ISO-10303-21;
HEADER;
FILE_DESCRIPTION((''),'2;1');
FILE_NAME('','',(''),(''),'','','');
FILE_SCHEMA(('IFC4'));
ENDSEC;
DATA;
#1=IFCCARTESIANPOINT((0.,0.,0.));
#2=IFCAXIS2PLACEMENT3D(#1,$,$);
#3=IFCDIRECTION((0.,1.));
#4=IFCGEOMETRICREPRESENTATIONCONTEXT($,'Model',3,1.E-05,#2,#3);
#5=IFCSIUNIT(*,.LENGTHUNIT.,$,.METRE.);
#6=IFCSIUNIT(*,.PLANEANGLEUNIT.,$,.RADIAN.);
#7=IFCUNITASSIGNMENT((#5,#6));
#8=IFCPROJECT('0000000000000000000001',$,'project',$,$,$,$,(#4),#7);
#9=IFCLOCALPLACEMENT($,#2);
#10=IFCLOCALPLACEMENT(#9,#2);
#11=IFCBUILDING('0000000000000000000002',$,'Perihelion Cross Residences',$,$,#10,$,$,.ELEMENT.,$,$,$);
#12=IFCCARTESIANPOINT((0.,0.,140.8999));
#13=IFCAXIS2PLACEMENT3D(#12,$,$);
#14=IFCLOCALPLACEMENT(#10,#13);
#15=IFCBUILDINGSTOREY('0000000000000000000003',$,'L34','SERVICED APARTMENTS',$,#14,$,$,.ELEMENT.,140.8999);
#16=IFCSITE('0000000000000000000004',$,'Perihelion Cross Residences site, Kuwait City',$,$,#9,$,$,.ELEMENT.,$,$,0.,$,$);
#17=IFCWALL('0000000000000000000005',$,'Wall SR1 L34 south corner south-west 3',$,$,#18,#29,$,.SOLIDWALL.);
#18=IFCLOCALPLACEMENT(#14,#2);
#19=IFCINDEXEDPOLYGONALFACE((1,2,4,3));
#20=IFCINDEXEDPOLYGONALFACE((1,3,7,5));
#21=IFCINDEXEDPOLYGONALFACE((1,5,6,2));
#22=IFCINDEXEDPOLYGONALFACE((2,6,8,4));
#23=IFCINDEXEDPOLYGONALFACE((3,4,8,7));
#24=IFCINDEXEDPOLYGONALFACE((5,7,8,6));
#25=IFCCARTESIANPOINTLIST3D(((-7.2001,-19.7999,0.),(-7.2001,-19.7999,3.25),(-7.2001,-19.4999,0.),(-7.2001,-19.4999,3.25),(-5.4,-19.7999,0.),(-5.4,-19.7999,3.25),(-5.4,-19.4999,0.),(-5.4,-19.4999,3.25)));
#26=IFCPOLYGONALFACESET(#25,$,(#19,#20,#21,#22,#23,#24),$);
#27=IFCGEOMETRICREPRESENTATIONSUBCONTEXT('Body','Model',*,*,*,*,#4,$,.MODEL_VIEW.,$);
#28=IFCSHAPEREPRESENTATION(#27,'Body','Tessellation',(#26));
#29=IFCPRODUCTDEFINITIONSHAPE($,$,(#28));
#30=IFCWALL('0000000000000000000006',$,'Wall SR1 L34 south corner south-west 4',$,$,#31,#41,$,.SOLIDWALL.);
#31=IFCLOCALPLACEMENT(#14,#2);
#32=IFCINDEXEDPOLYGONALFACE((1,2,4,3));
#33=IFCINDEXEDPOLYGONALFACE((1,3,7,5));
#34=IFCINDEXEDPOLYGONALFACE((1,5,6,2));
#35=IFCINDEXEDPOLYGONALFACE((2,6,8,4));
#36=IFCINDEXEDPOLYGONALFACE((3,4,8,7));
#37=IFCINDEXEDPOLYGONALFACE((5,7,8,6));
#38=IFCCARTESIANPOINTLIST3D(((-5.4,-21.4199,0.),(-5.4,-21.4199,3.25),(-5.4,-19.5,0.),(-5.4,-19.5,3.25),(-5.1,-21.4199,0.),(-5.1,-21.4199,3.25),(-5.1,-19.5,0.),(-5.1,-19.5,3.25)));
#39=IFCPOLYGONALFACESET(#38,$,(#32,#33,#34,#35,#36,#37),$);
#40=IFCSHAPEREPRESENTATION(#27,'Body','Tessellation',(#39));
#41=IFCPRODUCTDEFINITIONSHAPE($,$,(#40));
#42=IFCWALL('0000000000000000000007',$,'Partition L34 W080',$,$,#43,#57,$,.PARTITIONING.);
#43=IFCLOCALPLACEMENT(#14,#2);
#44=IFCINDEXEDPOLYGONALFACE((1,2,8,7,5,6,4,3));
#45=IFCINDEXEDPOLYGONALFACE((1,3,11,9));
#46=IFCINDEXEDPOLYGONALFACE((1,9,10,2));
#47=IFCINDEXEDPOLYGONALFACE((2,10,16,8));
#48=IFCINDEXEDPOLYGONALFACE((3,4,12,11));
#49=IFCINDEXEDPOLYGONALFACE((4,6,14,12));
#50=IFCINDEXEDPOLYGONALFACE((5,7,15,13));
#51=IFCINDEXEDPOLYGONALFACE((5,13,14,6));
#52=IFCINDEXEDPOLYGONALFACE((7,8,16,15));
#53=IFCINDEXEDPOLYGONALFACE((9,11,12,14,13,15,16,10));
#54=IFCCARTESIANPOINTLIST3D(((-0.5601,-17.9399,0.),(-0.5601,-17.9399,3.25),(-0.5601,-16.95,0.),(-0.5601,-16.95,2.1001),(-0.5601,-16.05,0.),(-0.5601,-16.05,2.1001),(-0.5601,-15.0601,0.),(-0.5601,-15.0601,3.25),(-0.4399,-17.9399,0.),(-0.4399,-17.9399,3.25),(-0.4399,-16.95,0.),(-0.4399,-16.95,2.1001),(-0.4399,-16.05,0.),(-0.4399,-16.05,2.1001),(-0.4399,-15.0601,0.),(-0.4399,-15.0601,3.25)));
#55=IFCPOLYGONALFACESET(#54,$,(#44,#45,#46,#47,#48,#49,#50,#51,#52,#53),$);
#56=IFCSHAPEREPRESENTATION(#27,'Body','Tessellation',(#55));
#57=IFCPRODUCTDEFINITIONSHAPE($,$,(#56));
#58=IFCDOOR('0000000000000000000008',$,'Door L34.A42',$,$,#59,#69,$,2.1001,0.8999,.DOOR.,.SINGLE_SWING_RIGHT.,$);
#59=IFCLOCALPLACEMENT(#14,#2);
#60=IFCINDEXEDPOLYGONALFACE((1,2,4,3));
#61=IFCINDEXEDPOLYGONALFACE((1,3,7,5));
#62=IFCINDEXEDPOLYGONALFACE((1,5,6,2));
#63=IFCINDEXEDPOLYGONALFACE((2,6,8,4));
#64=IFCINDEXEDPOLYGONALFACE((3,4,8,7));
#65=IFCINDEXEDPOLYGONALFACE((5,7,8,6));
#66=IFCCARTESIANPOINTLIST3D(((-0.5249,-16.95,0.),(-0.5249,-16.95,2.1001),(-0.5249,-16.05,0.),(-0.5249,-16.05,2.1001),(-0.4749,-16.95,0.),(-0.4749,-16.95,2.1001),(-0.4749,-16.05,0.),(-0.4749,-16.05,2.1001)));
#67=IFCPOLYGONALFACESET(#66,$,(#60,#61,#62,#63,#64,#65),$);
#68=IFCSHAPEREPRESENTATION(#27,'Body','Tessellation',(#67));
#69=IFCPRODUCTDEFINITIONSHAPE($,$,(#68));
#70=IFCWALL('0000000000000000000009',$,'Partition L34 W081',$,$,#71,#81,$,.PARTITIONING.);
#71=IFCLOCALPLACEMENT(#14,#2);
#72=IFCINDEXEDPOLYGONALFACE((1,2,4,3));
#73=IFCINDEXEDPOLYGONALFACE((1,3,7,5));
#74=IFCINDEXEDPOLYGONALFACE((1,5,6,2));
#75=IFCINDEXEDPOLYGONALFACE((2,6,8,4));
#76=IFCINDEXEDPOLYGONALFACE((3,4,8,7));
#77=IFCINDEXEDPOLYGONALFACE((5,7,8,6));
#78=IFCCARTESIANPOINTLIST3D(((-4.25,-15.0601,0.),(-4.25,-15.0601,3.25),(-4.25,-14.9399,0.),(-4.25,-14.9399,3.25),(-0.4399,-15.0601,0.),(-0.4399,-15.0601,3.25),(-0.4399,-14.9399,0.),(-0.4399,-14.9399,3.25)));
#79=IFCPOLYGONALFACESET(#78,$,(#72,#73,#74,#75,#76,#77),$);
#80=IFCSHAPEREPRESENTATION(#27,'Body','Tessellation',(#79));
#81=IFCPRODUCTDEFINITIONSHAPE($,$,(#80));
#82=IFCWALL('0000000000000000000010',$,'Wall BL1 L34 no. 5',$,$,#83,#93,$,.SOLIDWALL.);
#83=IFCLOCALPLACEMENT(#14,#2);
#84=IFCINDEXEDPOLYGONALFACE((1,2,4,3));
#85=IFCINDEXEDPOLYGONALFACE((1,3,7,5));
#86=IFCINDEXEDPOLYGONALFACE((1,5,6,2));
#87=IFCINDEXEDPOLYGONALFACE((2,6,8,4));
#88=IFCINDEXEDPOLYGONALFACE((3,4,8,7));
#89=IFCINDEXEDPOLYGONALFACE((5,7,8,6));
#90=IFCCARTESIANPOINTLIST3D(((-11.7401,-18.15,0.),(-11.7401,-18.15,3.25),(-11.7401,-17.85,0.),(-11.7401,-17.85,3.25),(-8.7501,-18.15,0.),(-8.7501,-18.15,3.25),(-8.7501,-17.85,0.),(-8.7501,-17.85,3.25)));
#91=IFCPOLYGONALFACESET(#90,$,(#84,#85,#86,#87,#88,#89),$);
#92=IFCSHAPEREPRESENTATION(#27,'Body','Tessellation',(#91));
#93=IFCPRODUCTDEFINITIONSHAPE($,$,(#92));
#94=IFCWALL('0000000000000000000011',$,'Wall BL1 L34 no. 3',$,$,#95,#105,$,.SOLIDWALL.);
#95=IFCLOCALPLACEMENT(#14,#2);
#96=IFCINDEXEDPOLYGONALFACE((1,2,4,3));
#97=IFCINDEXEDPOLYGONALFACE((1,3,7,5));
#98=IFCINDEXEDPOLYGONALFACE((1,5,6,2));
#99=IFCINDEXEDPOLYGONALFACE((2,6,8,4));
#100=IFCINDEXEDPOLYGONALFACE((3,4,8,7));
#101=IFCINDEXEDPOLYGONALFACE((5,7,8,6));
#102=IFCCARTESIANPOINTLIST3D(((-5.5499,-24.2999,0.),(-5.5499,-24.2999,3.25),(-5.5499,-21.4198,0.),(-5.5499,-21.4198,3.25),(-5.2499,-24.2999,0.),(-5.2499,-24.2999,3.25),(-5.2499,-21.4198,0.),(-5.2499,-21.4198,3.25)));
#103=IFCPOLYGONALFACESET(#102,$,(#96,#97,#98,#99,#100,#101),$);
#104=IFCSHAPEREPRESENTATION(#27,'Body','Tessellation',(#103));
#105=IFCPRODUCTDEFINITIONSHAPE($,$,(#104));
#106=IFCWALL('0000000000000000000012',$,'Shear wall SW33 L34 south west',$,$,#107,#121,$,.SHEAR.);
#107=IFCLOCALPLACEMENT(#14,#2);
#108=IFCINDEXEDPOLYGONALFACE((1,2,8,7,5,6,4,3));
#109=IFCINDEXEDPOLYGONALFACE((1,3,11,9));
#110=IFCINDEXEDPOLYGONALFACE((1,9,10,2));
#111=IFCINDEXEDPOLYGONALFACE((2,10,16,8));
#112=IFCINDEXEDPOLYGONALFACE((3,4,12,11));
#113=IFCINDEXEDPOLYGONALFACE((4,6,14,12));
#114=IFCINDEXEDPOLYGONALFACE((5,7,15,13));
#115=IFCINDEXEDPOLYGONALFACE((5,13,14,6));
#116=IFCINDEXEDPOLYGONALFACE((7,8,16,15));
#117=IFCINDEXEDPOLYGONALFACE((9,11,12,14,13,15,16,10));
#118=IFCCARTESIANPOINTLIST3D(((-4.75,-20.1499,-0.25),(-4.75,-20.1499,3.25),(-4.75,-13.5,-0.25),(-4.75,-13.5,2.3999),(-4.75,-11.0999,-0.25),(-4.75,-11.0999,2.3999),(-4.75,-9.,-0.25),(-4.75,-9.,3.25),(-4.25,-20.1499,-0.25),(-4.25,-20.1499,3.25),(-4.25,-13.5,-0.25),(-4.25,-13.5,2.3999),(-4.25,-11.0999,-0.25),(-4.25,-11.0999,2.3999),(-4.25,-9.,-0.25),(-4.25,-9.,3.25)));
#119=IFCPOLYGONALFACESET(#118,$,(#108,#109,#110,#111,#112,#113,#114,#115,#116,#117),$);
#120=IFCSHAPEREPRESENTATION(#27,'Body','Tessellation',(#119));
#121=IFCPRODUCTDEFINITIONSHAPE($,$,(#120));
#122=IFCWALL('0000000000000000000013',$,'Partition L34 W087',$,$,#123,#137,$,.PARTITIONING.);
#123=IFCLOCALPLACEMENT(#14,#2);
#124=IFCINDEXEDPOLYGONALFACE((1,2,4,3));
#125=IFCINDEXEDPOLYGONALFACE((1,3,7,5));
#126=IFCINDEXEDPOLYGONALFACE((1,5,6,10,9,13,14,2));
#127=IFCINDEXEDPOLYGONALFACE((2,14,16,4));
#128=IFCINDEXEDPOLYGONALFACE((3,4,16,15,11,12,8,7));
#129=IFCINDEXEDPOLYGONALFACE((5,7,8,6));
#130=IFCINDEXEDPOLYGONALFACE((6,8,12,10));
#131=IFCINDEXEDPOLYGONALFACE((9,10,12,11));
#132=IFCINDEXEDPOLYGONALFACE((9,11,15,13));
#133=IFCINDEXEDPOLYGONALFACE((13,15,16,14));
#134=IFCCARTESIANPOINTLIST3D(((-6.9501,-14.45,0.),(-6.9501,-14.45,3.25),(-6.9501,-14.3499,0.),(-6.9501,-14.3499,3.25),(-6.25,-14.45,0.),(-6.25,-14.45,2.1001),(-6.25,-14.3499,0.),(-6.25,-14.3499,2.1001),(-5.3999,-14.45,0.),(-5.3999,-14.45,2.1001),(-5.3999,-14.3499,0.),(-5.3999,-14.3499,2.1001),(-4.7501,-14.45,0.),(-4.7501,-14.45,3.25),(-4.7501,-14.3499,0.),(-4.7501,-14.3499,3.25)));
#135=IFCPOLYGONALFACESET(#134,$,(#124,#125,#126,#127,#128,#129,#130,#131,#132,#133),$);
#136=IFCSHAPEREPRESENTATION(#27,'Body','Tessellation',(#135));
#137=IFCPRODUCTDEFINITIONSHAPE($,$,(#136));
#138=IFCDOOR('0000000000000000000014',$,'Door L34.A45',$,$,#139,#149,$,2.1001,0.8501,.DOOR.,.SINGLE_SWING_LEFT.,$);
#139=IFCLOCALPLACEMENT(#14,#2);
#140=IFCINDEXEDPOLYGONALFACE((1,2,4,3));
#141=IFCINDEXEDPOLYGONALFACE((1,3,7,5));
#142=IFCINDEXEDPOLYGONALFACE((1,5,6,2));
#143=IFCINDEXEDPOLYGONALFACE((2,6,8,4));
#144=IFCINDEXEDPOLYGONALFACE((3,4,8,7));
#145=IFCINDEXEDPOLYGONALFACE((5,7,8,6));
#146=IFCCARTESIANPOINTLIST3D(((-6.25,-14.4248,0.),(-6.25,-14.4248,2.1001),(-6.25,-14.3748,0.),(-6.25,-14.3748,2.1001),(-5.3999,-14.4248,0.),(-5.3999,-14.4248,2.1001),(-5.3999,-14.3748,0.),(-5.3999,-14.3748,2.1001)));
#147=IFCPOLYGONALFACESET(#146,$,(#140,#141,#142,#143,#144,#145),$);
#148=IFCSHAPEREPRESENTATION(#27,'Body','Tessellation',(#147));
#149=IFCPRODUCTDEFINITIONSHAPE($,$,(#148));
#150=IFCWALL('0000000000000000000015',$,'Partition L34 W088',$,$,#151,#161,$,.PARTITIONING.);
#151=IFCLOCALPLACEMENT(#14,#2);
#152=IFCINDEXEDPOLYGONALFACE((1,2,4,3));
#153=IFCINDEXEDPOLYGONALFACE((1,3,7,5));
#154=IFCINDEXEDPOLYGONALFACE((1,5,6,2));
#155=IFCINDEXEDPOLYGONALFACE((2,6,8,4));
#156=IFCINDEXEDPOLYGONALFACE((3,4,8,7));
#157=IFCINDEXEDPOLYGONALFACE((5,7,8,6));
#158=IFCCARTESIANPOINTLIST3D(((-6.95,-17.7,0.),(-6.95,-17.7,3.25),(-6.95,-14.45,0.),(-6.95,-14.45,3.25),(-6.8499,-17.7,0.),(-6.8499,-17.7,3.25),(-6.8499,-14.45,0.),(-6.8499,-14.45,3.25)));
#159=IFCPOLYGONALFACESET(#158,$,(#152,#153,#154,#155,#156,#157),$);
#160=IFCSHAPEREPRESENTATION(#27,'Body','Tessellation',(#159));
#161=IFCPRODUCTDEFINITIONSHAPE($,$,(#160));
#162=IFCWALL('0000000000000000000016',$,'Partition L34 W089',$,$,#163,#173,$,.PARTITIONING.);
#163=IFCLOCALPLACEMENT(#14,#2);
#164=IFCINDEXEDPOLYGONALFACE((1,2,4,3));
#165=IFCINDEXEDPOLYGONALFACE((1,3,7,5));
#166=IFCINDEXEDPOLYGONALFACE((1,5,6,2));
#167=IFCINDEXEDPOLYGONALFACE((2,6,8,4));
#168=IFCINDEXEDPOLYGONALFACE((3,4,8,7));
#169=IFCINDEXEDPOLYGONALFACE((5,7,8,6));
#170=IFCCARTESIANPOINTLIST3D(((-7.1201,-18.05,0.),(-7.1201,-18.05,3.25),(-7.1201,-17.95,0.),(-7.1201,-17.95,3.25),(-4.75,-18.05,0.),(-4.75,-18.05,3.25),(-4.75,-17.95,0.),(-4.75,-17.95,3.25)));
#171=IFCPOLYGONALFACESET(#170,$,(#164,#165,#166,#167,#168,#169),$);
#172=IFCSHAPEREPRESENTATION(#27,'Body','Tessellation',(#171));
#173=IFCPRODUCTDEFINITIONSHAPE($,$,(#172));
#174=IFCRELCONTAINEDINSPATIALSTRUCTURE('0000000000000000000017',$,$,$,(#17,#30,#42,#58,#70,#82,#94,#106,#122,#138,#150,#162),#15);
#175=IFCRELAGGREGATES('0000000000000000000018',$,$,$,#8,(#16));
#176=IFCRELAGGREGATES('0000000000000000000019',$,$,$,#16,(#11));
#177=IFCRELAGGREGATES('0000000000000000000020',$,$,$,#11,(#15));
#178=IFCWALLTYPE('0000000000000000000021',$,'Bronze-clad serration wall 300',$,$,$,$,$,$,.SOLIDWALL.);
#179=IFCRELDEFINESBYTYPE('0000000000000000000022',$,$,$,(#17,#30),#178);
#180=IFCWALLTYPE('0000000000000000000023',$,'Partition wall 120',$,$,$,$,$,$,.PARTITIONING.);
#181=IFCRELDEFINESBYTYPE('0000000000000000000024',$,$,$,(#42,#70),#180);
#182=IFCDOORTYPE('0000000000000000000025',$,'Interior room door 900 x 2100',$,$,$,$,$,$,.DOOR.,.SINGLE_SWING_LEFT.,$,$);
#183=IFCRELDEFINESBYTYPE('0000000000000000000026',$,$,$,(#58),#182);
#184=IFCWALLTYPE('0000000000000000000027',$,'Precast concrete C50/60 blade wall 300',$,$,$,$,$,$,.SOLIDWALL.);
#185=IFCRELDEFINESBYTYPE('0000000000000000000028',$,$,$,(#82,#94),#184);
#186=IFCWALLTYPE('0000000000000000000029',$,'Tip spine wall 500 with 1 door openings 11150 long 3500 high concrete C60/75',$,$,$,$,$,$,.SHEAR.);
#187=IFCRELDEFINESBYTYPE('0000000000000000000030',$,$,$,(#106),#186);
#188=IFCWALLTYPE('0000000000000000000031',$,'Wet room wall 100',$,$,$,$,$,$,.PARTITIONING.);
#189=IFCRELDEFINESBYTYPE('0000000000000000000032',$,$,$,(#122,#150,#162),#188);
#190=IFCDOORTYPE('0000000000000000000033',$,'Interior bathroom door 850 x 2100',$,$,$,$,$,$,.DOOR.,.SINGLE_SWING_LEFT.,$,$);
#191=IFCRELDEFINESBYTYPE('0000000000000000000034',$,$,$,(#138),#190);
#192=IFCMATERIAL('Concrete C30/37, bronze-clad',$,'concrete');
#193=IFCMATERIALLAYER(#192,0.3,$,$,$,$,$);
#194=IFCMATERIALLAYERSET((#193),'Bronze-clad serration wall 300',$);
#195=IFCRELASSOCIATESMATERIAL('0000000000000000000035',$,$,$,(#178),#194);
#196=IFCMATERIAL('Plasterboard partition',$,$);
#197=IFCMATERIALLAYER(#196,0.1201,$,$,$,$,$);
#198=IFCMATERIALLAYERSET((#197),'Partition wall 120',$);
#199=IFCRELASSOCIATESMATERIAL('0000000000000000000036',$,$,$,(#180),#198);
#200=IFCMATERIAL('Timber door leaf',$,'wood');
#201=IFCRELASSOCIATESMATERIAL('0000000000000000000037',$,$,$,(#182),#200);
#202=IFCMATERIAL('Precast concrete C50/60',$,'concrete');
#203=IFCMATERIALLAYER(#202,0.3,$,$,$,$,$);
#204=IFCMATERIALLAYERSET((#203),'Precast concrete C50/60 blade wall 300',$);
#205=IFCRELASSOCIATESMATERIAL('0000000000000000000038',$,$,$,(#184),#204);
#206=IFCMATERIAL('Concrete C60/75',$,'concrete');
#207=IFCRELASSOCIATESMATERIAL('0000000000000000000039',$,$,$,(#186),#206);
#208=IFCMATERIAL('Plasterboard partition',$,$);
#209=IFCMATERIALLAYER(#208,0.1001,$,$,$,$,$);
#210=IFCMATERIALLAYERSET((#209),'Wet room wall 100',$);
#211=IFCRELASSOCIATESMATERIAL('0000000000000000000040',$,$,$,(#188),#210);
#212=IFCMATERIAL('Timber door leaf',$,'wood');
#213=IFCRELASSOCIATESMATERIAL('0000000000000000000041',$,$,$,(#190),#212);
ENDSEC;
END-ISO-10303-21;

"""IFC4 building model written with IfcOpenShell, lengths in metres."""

from ifc_helpers import new_model, si_unit, direction, frame, frame_2d, origin, place, context, subcontext, project, spatial, polyline, rectangle, outline, extrude, material, layer, layer_set, material_profile, profile_set, type_object, element, fill, save


model = new_model("IFC4")

# Units and contexts
model_context = context("Model", 3, precision=1e-05, world=origin(), true_north=direction((0.0, 1.0)))
body_context = subcontext(model_context, "Body", "Model", "MODEL_VIEW")
ifc_project = project(units=[si_unit("LENGTHUNIT", "METRE"), si_unit("PLANEANGLEUNIT", "RADIAN")], contexts=[model_context])

# Site, building, storey
site_placement = place(None, origin())
site = spatial("IfcSite", under=ifc_project, at=site_placement, Name="Perihelion Cross Residences site, Kuwait City", CompositionType="ELEMENT", RefElevation=0.0)
building_placement = place(site_placement, origin())
building = spatial("IfcBuilding", under=site, at=building_placement, Name="Perihelion Cross Residences", CompositionType="ELEMENT")
storey_placement = place(building_placement, frame((0.0, 0.0, 140.8999)))
storey = spatial("IfcBuildingStorey", under=building, at=storey_placement, Name="L34", Description="SERVICED APARTMENTS", CompositionType="ELEMENT", Elevation=140.8999)

# Walls
ifc_material_1 = material(Name="Concrete C30/37, bronze-clad", Category="concrete")
ifc_layer_1 = layer(ifc_material_1, 0.3)
ifc_layer_set_1 = layer_set([ifc_layer_1], Name="Bronze-clad serration wall 300")
wall_type_1 = type_object("IfcWallType", Name="Bronze-clad serration wall 300", PredefinedType="SOLIDWALL", material=ifc_layer_set_1)
for number, where, z_axis, x_axis, name in (
    (1, (-7.2, -19.6499, 0.0), (0.0, 0.0, 1.0), (1.0, 0.0, 0.0), "Wall SR1 L34 south corner south-west 3"),
):
    element("IfcWall", number, at=place(storey_placement, frame(where, z_axis=z_axis, x_axis=x_axis)), inside=storey, type_object=wall_type_1, Name=name, PredefinedType="SOLIDWALL", context=body_context, shape_type="SweptSolid", body=[
        extrude(rectangle(XDim=1.8, YDim=0.3, at=frame_2d((0.8999, 0.0))), origin(), (0.0, 0.0, 1.0), 3.25),
    ])
wall_1_placement = place(storey_placement, frame((-5.25, -19.5, 0.0), z_axis=(0.0, 0.0, 1.0), x_axis=(0.0, -1.0, 0.0)))
element("IfcWall", 2, at=wall_1_placement, inside=storey, type_object=wall_type_1, Name="Wall SR1 L34 south corner south-west 4", PredefinedType="SOLIDWALL", context=body_context, shape_type="SweptSolid", body=[
    extrude(rectangle(XDim=1.9199, YDim=0.3, at=frame_2d((0.96, 0.0))), origin(), (0.0, 0.0, 1.0), 3.25),
])

# Wall, opening, door
ifc_material_2 = material(Name="Plasterboard partition")
ifc_layer_2 = layer(ifc_material_2, 0.1201)
ifc_layer_set_2 = layer_set([ifc_layer_2], Name="Partition wall 120")
wall_type_2 = type_object("IfcWallType", Name="Partition wall 120", PredefinedType="PARTITIONING", material=ifc_layer_set_2)
wall_2_placement = place(storey_placement, frame((-0.5, -17.9399, 0.0), z_axis=(0.0, 0.0, 1.0), x_axis=(0.0, 1.0, 0.0)))
wall_2 = element("IfcWall", 3, at=wall_2_placement, inside=storey, type_object=wall_type_2, Name="Partition L34 W080", PredefinedType="PARTITIONING", context=body_context, shape_type="SweptSolid", body=[
    extrude(rectangle(XDim=2.8799, YDim=0.1201, at=frame_2d((1.4399, 0.0))), origin(), (0.0, 0.0, 1.0), 3.25),
])
opening_1_placement = place(wall_2_placement, frame((0.99, 0.0, 0.0)))
opening_1 = element("IfcOpeningElement", 4, at=opening_1_placement, cuts=wall_2, PredefinedType="OPENING", context=body_context, shape_type="SweptSolid", body=[
    extrude(rectangle(XDim=0.8999, YDim=2.1001, at=frame_2d((0.45, 1.05))), frame((0.0, 0.0701, 0.0), z_axis=(0.0, -1.0, 0.0), x_axis=(1.0, 0.0, 0.0)), (0.0, 0.0, 1.0), 0.1401),
])
ifc_material_3 = material(Name="Timber door leaf", Category="wood")
door_type_1 = type_object("IfcDoorType", Name="Interior room door 900 x 2100", OperationType="SINGLE_SWING_LEFT", PredefinedType="DOOR", material=ifc_material_3)
door_1_placement = place(opening_1_placement, origin())
door_1 = element("IfcDoor", 5, at=door_1_placement, inside=storey, type_object=door_type_1, Name="Door L34.A42", OperationType="SINGLE_SWING_RIGHT", OverallHeight=2.1001, OverallWidth=0.8999, PredefinedType="DOOR", context=body_context, shape_type="SweptSolid", body=[
    extrude(rectangle(XDim=0.8999, YDim=2.1001, at=frame_2d((0.45, 1.05))), frame((0.0, 0.0249, 0.0), z_axis=(0.0, -1.0, 0.0), x_axis=(1.0, 0.0, 0.0)), (0.0, 0.0, 1.0), 0.05),
])
fill(opening_1, door_1)

# Walls
wall_3_placement = place(storey_placement, frame((-0.4399, -15.0, 0.0), z_axis=(0.0, 0.0, 1.0), x_axis=(-1.0, 0.0, 0.0)))
element("IfcWall", 6, at=wall_3_placement, inside=storey, type_object=wall_type_2, Name="Partition L34 W081", PredefinedType="PARTITIONING", context=body_context, shape_type="SweptSolid", body=[
    extrude(rectangle(XDim=3.8101, YDim=0.1201, at=frame_2d((1.905, 0.0))), origin(), (0.0, 0.0, 1.0), 3.25),
])
ifc_material_4 = material(Name="Precast concrete C50/60", Category="concrete")
ifc_layer_3 = layer(ifc_material_4, 0.3)
ifc_layer_set_3 = layer_set([ifc_layer_3], Name="Precast concrete C50/60 blade wall 300")
wall_type_3 = type_object("IfcWallType", Name="Precast concrete C50/60 blade wall 300", PredefinedType="SOLIDWALL", material=ifc_layer_set_3)
wall_4_placement = place(storey_placement, frame((-8.75, -18.0, 0.0), z_axis=(0.0, 0.0, 1.0), x_axis=(-1.0, 0.0, 0.0)))
element("IfcWall", 7, at=wall_4_placement, inside=storey, type_object=wall_type_3, Name="Wall BL1 L34 no. 5", PredefinedType="SOLIDWALL", context=body_context, shape_type="SweptSolid", body=[
    extrude(rectangle(XDim=2.99, YDim=0.3, at=frame_2d((1.4951, 0.0))), origin(), (0.0, 0.0, 1.0), 3.25),
])
wall_5_placement = place(storey_placement, frame((-5.3999, -21.4199, 0.0), z_axis=(0.0, 0.0, 1.0), x_axis=(0.0, -1.0, 0.0)))
element("IfcWall", 8, at=wall_5_placement, inside=storey, type_object=wall_type_3, Name="Wall BL1 L34 no. 3", PredefinedType="SOLIDWALL", context=body_context, shape_type="SweptSolid", body=[
    extrude(rectangle(XDim=2.8801, YDim=0.3, at=frame_2d((1.4399, 0.0))), origin(), (0.0, 0.0, 1.0), 3.25),
])
ifc_material_5 = material(Name="Concrete C60/75", Category="concrete")
ifc_material_profile_1 = material_profile(ifc_material_5, outline(polyline([(0.0, 0.0), (6.6499, 0.0), (6.6499, 2.6499), (9.05, 2.6499), (9.05, 0.0), (11.1499, 0.0), (11.1499, 3.5), (0.0, 3.5), (0.0, 0.0)])), Name="Tip spine wall")
ifc_profile_set_1 = profile_set([ifc_material_profile_1], Name="Concrete C60/75")
wall_type_4 = type_object("IfcWallType", Name="Tip spine wall 500 with 1 door openings 11150 long 3500 high concrete C60/75", PredefinedType="SHEAR", material=ifc_profile_set_1)
wall_6_placement = place(storey_placement, frame((-4.75, -20.1499, -0.25), z_axis=(1.0, 0.0, 0.0), x_axis=(0.0, 1.0, 0.0)))
element("IfcWall", 9, at=wall_6_placement, inside=storey, type_object=wall_type_4, Name="Shear wall SW33 L34 south west", PredefinedType="SHEAR", context=body_context, shape_type="SweptSolid", body=[
    extrude(outline(polyline([(0.0, 0.0), (6.6499, 0.0), (6.6499, 2.6499), (9.05, 2.6499), (9.05, 0.0), (11.1499, 0.0), (11.1499, 3.5), (0.0, 3.5), (0.0, 0.0)])), origin(), (0.0, 0.0, 1.0), 0.5),
])

# Wall, opening, door
ifc_material_6 = material(Name="Plasterboard partition")
ifc_layer_4 = layer(ifc_material_6, 0.1001)
ifc_layer_set_4 = layer_set([ifc_layer_4], Name="Wet room wall 100")
wall_type_5 = type_object("IfcWallType", Name="Wet room wall 100", PredefinedType="PARTITIONING", material=ifc_layer_set_4)
wall_7_placement = place(storey_placement, frame((-4.75, -14.3999, 0.0), z_axis=(0.0, 0.0, 1.0), x_axis=(-1.0, 0.0, 0.0)))
wall_7 = element("IfcWall", 10, at=wall_7_placement, inside=storey, type_object=wall_type_5, Name="Partition L34 W087", PredefinedType="PARTITIONING", context=body_context, shape_type="SweptSolid", body=[
    extrude(rectangle(XDim=2.2, YDim=0.1001, at=frame_2d((1.1001, 0.0))), origin(), (0.0, 0.0, 1.0), 3.25),
])
opening_2_placement = place(wall_7_placement, frame((0.6499, 0.0, 0.0)))
opening_2 = element("IfcOpeningElement", 11, at=opening_2_placement, cuts=wall_7, PredefinedType="OPENING", context=body_context, shape_type="SweptSolid", body=[
    extrude(rectangle(XDim=0.8501, YDim=2.1001, at=frame_2d((0.425, 1.05))), frame((0.0, 0.0601, 0.0), z_axis=(0.0, -1.0, 0.0), x_axis=(1.0, 0.0, 0.0)), (0.0, 0.0, 1.0), 0.1201),
])
ifc_material_7 = material(Name="Timber door leaf", Category="wood")
door_type_2 = type_object("IfcDoorType", Name="Interior bathroom door 850 x 2100", OperationType="SINGLE_SWING_LEFT", PredefinedType="DOOR", material=ifc_material_7)
door_2_placement = place(opening_2_placement, origin())
door_2 = element("IfcDoor", 12, at=door_2_placement, inside=storey, type_object=door_type_2, Name="Door L34.A45", OperationType="SINGLE_SWING_LEFT", OverallHeight=2.1001, OverallWidth=0.8501, PredefinedType="DOOR", context=body_context, shape_type="SweptSolid", body=[
    extrude(rectangle(XDim=0.8501, YDim=2.1001, at=frame_2d((0.425, 1.05))), frame((0.0, 0.0249, 0.0), z_axis=(0.0, -1.0, 0.0), x_axis=(1.0, 0.0, 0.0)), (0.0, 0.0, 1.0), 0.05),
])
fill(opening_2, door_2)

# Walls
wall_8_placement = place(storey_placement, frame((-6.8999, -14.45, 0.0), z_axis=(0.0, 0.0, 1.0), x_axis=(0.0, -1.0, 0.0)))
element("IfcWall", 13, at=wall_8_placement, inside=storey, type_object=wall_type_5, Name="Partition L34 W088", PredefinedType="PARTITIONING", context=body_context, shape_type="SweptSolid", body=[
    extrude(rectangle(XDim=3.25, YDim=0.1001, at=frame_2d((1.625, 0.0))), origin(), (0.0, 0.0, 1.0), 3.25),
])
wall_9_placement = place(storey_placement, frame((-4.75, -18.0, 0.0), z_axis=(0.0, 0.0, 1.0), x_axis=(-1.0, 0.0, 0.0)))
element("IfcWall", 14, at=wall_9_placement, inside=storey, type_object=wall_type_5, Name="Partition L34 W089", PredefinedType="PARTITIONING", context=body_context, shape_type="SweptSolid", body=[
    extrude(rectangle(XDim=2.3701, YDim=0.1001, at=frame_2d((1.1851, 0.0))), origin(), (0.0, 0.0, 1.0), 3.25),
])

save(model, "model.ifc")
